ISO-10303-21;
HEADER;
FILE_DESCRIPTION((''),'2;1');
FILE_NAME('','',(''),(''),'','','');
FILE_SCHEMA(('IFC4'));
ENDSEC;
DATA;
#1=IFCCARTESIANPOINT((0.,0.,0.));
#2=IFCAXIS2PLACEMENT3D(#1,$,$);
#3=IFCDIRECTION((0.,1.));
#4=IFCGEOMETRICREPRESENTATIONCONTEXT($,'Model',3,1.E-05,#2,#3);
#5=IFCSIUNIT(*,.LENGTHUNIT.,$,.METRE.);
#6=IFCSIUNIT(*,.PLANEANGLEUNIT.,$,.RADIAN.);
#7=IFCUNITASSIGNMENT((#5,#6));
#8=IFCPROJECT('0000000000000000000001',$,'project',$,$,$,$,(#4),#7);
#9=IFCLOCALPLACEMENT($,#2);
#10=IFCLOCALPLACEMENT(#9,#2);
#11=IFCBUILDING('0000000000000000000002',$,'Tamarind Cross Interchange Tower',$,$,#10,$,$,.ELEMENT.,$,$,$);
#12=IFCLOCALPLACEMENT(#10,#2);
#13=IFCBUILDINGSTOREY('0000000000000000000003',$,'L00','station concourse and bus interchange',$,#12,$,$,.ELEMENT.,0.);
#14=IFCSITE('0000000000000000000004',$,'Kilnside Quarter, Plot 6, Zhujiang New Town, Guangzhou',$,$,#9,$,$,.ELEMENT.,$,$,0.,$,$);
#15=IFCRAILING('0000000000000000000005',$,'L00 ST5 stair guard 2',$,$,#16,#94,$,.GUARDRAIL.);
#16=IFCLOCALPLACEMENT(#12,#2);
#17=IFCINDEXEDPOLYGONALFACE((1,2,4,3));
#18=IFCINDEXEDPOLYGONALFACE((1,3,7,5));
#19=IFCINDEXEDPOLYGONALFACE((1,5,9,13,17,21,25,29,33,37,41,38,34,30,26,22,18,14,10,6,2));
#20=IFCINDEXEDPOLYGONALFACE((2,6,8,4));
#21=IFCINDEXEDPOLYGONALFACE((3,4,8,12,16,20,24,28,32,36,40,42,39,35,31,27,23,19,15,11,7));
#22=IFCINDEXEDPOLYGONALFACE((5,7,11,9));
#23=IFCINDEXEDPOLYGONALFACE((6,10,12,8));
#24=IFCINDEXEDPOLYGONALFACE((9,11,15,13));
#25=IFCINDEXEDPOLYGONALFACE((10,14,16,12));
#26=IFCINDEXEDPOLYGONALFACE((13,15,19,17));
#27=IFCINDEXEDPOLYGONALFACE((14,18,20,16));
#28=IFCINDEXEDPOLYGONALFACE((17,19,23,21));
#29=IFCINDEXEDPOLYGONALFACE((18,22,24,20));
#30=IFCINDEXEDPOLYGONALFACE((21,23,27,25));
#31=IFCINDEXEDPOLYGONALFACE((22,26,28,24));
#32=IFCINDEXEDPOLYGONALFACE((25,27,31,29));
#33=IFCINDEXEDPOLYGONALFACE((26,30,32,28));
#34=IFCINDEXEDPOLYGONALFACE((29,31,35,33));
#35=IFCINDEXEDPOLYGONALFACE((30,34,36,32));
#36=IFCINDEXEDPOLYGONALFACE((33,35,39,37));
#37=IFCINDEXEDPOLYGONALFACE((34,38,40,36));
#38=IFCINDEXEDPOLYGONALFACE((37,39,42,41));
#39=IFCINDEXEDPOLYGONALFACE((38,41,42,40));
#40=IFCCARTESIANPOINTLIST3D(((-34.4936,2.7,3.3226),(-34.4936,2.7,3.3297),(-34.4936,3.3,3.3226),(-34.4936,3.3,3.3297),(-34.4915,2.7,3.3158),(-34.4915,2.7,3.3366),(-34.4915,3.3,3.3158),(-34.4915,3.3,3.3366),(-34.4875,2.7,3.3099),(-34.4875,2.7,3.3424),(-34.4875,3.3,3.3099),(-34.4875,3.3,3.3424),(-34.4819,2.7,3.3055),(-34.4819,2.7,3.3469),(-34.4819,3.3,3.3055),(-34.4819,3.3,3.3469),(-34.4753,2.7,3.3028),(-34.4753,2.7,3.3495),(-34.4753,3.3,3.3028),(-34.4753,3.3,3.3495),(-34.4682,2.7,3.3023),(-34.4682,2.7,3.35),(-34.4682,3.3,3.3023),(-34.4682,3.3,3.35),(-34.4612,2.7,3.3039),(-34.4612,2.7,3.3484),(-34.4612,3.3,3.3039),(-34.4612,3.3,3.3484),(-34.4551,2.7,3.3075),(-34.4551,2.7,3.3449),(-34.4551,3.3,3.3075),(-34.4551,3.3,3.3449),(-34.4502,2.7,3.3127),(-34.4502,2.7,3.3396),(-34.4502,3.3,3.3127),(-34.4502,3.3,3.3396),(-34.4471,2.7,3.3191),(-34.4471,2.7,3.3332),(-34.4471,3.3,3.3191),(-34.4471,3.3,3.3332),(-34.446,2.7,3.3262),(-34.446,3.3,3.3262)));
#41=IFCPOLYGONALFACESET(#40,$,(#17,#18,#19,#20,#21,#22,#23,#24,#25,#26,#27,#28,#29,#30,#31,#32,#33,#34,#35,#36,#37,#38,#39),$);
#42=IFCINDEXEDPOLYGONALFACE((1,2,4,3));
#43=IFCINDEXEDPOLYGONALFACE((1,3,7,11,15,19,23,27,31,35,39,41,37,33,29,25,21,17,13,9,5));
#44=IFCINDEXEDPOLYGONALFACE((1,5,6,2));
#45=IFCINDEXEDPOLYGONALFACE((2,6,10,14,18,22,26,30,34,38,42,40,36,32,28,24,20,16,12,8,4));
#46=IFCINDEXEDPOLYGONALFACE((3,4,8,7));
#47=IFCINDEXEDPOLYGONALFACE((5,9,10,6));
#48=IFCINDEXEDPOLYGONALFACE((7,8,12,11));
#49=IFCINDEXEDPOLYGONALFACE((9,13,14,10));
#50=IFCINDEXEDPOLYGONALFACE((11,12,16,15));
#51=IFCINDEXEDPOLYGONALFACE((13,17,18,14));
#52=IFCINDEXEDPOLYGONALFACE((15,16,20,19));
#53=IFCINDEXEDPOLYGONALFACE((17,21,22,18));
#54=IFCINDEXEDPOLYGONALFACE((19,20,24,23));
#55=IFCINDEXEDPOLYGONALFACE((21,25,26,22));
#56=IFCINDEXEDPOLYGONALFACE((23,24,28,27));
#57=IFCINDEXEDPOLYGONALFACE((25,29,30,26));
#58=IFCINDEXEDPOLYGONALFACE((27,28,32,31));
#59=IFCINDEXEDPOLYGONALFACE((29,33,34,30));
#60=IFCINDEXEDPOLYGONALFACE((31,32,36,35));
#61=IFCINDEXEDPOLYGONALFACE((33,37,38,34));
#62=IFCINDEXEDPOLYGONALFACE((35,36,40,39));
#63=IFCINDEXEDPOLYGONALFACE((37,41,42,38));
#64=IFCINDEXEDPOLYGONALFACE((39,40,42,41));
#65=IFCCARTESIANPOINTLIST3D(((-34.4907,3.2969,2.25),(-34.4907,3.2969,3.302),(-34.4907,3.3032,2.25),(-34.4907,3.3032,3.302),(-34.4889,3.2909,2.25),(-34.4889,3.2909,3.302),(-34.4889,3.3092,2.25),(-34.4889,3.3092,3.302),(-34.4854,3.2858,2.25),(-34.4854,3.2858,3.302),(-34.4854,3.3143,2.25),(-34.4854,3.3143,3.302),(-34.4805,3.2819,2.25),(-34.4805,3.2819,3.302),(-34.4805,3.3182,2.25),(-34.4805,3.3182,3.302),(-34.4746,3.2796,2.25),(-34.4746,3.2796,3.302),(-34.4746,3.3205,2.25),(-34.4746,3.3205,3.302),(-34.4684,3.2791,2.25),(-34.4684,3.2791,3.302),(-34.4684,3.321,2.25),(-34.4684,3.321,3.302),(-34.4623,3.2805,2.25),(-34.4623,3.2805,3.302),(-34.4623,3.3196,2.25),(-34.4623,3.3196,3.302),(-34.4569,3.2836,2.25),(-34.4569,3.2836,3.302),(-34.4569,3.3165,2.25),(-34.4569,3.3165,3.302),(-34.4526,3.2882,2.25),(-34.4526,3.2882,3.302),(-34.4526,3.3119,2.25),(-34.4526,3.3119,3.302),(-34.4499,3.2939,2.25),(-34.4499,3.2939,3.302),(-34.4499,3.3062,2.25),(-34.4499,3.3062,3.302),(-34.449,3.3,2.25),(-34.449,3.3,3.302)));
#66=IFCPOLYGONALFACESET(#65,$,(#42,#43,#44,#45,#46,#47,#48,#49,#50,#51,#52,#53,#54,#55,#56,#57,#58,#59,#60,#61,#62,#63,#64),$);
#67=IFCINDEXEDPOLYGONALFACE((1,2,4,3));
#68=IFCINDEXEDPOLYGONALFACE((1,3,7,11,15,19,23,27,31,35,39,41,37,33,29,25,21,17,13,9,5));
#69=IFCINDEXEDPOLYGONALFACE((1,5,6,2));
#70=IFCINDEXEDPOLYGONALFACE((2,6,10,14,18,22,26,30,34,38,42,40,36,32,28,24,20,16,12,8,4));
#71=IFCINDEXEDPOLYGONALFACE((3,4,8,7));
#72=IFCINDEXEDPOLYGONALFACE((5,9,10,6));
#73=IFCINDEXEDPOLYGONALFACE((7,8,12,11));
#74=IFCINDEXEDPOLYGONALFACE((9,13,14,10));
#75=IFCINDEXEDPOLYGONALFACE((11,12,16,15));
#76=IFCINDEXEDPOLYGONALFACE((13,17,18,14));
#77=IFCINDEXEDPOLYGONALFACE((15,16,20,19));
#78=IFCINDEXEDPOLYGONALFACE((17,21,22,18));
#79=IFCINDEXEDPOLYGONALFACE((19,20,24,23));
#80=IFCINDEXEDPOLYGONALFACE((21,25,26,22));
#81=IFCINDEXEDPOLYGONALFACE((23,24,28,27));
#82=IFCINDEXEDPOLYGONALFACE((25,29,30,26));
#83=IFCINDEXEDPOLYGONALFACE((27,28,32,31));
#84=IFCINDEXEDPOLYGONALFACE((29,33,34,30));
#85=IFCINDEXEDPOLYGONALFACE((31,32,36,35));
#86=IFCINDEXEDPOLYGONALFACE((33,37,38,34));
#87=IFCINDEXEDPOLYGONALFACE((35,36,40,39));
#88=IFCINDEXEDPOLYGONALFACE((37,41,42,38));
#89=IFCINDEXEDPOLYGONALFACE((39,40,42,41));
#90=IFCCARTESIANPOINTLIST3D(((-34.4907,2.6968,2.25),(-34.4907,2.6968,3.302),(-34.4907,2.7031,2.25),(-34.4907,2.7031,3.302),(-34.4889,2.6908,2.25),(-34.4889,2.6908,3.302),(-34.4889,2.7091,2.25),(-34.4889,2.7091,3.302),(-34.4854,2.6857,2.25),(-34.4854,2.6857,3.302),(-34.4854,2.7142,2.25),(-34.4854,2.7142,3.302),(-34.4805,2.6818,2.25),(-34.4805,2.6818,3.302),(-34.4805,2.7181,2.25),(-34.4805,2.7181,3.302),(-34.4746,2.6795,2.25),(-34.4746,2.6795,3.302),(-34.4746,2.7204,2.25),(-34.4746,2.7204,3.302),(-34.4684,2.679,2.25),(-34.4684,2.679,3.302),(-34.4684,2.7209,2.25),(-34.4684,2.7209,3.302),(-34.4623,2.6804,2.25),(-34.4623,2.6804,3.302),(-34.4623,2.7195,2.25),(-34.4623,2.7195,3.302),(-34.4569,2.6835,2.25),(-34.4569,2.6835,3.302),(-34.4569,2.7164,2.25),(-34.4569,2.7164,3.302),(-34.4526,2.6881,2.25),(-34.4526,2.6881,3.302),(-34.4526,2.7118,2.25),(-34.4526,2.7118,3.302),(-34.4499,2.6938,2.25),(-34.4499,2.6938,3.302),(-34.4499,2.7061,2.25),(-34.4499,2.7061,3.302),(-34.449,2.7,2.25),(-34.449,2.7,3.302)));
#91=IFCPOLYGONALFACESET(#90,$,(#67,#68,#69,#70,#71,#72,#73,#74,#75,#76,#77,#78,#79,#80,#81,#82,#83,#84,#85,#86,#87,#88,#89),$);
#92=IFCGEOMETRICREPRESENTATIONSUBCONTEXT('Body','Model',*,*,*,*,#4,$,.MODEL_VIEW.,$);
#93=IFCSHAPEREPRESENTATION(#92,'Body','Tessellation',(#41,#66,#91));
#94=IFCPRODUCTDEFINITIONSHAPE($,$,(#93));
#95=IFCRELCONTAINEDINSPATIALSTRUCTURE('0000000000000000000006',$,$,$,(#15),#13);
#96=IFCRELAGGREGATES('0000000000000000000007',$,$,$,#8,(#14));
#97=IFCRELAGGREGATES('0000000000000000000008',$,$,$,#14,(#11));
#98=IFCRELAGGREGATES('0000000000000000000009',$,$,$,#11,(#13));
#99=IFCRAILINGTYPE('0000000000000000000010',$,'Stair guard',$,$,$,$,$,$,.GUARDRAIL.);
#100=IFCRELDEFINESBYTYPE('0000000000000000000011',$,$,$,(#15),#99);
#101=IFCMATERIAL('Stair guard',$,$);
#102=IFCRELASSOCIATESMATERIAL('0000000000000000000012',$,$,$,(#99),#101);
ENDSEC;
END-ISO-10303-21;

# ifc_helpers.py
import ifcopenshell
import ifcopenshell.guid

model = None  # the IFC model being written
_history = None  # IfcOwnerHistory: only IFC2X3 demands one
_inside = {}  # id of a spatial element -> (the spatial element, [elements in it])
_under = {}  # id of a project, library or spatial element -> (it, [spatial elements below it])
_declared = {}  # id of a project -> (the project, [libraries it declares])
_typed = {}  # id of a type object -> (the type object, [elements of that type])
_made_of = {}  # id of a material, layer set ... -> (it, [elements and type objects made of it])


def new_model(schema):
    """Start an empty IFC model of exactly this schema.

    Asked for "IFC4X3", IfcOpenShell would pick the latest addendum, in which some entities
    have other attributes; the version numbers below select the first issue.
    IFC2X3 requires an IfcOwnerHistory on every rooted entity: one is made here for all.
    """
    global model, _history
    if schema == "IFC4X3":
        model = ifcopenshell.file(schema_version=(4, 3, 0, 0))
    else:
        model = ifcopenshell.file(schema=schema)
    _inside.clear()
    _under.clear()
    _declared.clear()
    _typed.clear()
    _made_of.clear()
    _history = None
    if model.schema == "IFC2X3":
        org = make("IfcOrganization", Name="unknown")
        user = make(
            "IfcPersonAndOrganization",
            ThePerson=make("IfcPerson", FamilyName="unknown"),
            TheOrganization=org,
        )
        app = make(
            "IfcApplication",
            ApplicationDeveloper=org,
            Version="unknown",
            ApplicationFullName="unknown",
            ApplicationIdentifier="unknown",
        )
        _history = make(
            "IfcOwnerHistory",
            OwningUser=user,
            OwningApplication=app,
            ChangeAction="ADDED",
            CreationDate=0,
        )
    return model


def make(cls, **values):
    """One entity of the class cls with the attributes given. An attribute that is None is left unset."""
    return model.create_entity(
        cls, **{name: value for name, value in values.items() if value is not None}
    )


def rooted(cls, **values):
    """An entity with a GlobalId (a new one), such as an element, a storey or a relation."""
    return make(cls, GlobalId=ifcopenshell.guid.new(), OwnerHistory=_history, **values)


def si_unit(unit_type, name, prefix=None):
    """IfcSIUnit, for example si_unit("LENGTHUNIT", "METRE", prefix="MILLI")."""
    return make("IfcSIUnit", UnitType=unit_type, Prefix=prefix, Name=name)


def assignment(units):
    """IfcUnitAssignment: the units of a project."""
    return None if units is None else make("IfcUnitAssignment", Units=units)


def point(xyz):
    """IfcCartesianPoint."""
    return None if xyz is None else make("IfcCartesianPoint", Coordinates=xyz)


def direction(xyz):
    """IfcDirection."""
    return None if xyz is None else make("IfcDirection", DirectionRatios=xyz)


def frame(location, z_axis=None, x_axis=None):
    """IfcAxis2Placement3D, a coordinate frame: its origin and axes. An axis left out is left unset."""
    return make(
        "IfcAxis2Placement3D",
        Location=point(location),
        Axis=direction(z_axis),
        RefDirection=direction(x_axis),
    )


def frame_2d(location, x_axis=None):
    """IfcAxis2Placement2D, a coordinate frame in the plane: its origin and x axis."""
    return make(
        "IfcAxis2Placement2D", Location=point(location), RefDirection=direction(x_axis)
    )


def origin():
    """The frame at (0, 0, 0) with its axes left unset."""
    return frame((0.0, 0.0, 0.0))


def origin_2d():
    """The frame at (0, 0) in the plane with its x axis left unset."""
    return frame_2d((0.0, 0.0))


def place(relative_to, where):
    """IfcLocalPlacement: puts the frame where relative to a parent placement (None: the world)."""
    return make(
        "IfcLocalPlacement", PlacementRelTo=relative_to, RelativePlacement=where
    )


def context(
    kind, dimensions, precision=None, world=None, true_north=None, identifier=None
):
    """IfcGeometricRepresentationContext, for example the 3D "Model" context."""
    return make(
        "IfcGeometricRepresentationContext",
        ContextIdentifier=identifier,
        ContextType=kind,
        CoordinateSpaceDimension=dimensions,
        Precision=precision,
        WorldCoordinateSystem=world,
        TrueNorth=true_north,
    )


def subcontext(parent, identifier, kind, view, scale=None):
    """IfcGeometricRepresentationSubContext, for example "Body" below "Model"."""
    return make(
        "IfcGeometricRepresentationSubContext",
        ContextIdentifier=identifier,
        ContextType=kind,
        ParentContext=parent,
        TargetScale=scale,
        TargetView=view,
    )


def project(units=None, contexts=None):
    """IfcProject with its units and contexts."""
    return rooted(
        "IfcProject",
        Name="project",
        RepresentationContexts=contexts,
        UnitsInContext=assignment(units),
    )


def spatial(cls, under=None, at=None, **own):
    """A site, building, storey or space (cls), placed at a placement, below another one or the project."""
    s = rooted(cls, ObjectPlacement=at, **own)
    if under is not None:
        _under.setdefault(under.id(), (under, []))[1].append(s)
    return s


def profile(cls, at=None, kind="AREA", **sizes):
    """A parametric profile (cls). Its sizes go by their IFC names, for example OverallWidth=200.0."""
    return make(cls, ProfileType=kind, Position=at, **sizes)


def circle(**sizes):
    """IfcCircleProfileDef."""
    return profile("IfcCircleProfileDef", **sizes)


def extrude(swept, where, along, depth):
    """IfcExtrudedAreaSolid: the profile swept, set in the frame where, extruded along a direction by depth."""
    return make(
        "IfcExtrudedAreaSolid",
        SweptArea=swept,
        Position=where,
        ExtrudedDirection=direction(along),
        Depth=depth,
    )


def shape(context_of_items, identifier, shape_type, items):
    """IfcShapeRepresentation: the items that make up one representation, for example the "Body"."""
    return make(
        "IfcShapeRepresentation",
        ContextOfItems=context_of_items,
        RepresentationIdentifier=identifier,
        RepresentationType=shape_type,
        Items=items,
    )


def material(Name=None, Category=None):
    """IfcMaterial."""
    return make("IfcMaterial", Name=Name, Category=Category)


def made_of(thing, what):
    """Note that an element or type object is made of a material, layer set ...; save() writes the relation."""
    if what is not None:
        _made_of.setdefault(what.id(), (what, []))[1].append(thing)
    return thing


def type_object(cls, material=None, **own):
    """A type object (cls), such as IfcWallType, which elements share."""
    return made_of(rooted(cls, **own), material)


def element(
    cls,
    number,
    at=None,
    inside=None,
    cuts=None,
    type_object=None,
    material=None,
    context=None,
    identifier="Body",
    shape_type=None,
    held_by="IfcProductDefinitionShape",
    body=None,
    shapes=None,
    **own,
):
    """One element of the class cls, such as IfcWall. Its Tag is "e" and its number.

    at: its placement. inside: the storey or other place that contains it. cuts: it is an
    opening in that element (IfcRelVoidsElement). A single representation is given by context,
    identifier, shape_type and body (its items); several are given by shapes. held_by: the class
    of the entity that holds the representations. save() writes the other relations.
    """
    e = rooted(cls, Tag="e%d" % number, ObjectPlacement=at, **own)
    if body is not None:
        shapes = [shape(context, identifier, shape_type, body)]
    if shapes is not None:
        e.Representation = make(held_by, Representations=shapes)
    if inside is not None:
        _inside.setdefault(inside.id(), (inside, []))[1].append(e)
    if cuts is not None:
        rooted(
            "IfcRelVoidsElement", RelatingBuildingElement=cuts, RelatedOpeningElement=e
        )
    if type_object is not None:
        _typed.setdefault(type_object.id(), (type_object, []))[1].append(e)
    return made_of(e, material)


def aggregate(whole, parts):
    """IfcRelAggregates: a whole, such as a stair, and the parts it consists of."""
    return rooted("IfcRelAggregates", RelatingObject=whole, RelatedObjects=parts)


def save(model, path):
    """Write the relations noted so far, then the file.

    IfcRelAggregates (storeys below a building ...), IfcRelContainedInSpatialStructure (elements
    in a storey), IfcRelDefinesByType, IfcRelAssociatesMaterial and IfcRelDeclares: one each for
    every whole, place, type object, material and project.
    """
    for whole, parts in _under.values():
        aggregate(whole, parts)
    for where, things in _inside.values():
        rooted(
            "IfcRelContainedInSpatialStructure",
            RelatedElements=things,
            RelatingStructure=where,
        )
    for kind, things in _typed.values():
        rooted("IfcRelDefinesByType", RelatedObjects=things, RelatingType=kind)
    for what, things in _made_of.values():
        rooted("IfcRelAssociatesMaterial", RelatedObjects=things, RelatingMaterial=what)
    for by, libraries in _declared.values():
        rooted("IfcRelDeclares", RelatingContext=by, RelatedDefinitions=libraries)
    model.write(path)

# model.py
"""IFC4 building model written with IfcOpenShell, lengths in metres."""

from ifc_helpers import new_model, si_unit, direction, frame, origin, origin_2d, place, context, subcontext, project, spatial, circle, extrude, material, type_object, element, save


model = new_model("IFC4")

# Units and contexts
model_context = context("Model", 3, precision=1e-05, world=origin(), true_north=direction((0.0, 1.0)))
body_context = subcontext(model_context, "Body", "Model", "MODEL_VIEW")
ifc_project = project(units=[si_unit("LENGTHUNIT", "METRE"), si_unit("PLANEANGLEUNIT", "RADIAN")], contexts=[model_context])

# Site, building, storey
site_placement = place(None, origin())
site = spatial("IfcSite", under=ifc_project, at=site_placement, Name="Kilnside Quarter, Plot 6, Zhujiang New Town, Guangzhou", CompositionType="ELEMENT", RefElevation=0.0)
building_placement = place(site_placement, origin())
building = spatial("IfcBuilding", under=site, at=building_placement, Name="Tamarind Cross Interchange Tower", CompositionType="ELEMENT")
storey_placement = place(building_placement, origin())
storey = spatial("IfcBuildingStorey", under=building, at=storey_placement, Name="L00", Description="station concourse and bus interchange", CompositionType="ELEMENT", Elevation=0.0)

# Railing
ifc_material_1 = material(Name="Stair guard")
railing_type_1 = type_object("IfcRailingType", Name="Stair guard", PredefinedType="GUARDRAIL", material=ifc_material_1)
railing_1_placement = place(storey_placement, frame((-34.47, 3.3, 2.25)))
element("IfcRailing", 1, at=railing_1_placement, inside=storey, type_object=railing_type_1, Name="L00 ST5 stair guard 2", PredefinedType="GUARDRAIL", context=body_context, shape_type="SweptSolid", body=[
    extrude(circle(Radius=0.0239, at=origin_2d()), frame((0.0, 0.0, 1.0762), z_axis=(0.0, -1.0, 0.0), x_axis=(1.0, 0.0, 0.0)), (0.0, 0.0, 1.0), 0.6001),
    extrude(circle(Radius=0.021, at=origin_2d()), origin(), (0.0, 0.0, 1.0), 1.052),
    extrude(circle(Radius=0.021, at=origin_2d()), frame((0.0, -0.6001, 0.0)), (0.0, 0.0, 1.0), 1.052),
])

save(model, "model.ifc")
